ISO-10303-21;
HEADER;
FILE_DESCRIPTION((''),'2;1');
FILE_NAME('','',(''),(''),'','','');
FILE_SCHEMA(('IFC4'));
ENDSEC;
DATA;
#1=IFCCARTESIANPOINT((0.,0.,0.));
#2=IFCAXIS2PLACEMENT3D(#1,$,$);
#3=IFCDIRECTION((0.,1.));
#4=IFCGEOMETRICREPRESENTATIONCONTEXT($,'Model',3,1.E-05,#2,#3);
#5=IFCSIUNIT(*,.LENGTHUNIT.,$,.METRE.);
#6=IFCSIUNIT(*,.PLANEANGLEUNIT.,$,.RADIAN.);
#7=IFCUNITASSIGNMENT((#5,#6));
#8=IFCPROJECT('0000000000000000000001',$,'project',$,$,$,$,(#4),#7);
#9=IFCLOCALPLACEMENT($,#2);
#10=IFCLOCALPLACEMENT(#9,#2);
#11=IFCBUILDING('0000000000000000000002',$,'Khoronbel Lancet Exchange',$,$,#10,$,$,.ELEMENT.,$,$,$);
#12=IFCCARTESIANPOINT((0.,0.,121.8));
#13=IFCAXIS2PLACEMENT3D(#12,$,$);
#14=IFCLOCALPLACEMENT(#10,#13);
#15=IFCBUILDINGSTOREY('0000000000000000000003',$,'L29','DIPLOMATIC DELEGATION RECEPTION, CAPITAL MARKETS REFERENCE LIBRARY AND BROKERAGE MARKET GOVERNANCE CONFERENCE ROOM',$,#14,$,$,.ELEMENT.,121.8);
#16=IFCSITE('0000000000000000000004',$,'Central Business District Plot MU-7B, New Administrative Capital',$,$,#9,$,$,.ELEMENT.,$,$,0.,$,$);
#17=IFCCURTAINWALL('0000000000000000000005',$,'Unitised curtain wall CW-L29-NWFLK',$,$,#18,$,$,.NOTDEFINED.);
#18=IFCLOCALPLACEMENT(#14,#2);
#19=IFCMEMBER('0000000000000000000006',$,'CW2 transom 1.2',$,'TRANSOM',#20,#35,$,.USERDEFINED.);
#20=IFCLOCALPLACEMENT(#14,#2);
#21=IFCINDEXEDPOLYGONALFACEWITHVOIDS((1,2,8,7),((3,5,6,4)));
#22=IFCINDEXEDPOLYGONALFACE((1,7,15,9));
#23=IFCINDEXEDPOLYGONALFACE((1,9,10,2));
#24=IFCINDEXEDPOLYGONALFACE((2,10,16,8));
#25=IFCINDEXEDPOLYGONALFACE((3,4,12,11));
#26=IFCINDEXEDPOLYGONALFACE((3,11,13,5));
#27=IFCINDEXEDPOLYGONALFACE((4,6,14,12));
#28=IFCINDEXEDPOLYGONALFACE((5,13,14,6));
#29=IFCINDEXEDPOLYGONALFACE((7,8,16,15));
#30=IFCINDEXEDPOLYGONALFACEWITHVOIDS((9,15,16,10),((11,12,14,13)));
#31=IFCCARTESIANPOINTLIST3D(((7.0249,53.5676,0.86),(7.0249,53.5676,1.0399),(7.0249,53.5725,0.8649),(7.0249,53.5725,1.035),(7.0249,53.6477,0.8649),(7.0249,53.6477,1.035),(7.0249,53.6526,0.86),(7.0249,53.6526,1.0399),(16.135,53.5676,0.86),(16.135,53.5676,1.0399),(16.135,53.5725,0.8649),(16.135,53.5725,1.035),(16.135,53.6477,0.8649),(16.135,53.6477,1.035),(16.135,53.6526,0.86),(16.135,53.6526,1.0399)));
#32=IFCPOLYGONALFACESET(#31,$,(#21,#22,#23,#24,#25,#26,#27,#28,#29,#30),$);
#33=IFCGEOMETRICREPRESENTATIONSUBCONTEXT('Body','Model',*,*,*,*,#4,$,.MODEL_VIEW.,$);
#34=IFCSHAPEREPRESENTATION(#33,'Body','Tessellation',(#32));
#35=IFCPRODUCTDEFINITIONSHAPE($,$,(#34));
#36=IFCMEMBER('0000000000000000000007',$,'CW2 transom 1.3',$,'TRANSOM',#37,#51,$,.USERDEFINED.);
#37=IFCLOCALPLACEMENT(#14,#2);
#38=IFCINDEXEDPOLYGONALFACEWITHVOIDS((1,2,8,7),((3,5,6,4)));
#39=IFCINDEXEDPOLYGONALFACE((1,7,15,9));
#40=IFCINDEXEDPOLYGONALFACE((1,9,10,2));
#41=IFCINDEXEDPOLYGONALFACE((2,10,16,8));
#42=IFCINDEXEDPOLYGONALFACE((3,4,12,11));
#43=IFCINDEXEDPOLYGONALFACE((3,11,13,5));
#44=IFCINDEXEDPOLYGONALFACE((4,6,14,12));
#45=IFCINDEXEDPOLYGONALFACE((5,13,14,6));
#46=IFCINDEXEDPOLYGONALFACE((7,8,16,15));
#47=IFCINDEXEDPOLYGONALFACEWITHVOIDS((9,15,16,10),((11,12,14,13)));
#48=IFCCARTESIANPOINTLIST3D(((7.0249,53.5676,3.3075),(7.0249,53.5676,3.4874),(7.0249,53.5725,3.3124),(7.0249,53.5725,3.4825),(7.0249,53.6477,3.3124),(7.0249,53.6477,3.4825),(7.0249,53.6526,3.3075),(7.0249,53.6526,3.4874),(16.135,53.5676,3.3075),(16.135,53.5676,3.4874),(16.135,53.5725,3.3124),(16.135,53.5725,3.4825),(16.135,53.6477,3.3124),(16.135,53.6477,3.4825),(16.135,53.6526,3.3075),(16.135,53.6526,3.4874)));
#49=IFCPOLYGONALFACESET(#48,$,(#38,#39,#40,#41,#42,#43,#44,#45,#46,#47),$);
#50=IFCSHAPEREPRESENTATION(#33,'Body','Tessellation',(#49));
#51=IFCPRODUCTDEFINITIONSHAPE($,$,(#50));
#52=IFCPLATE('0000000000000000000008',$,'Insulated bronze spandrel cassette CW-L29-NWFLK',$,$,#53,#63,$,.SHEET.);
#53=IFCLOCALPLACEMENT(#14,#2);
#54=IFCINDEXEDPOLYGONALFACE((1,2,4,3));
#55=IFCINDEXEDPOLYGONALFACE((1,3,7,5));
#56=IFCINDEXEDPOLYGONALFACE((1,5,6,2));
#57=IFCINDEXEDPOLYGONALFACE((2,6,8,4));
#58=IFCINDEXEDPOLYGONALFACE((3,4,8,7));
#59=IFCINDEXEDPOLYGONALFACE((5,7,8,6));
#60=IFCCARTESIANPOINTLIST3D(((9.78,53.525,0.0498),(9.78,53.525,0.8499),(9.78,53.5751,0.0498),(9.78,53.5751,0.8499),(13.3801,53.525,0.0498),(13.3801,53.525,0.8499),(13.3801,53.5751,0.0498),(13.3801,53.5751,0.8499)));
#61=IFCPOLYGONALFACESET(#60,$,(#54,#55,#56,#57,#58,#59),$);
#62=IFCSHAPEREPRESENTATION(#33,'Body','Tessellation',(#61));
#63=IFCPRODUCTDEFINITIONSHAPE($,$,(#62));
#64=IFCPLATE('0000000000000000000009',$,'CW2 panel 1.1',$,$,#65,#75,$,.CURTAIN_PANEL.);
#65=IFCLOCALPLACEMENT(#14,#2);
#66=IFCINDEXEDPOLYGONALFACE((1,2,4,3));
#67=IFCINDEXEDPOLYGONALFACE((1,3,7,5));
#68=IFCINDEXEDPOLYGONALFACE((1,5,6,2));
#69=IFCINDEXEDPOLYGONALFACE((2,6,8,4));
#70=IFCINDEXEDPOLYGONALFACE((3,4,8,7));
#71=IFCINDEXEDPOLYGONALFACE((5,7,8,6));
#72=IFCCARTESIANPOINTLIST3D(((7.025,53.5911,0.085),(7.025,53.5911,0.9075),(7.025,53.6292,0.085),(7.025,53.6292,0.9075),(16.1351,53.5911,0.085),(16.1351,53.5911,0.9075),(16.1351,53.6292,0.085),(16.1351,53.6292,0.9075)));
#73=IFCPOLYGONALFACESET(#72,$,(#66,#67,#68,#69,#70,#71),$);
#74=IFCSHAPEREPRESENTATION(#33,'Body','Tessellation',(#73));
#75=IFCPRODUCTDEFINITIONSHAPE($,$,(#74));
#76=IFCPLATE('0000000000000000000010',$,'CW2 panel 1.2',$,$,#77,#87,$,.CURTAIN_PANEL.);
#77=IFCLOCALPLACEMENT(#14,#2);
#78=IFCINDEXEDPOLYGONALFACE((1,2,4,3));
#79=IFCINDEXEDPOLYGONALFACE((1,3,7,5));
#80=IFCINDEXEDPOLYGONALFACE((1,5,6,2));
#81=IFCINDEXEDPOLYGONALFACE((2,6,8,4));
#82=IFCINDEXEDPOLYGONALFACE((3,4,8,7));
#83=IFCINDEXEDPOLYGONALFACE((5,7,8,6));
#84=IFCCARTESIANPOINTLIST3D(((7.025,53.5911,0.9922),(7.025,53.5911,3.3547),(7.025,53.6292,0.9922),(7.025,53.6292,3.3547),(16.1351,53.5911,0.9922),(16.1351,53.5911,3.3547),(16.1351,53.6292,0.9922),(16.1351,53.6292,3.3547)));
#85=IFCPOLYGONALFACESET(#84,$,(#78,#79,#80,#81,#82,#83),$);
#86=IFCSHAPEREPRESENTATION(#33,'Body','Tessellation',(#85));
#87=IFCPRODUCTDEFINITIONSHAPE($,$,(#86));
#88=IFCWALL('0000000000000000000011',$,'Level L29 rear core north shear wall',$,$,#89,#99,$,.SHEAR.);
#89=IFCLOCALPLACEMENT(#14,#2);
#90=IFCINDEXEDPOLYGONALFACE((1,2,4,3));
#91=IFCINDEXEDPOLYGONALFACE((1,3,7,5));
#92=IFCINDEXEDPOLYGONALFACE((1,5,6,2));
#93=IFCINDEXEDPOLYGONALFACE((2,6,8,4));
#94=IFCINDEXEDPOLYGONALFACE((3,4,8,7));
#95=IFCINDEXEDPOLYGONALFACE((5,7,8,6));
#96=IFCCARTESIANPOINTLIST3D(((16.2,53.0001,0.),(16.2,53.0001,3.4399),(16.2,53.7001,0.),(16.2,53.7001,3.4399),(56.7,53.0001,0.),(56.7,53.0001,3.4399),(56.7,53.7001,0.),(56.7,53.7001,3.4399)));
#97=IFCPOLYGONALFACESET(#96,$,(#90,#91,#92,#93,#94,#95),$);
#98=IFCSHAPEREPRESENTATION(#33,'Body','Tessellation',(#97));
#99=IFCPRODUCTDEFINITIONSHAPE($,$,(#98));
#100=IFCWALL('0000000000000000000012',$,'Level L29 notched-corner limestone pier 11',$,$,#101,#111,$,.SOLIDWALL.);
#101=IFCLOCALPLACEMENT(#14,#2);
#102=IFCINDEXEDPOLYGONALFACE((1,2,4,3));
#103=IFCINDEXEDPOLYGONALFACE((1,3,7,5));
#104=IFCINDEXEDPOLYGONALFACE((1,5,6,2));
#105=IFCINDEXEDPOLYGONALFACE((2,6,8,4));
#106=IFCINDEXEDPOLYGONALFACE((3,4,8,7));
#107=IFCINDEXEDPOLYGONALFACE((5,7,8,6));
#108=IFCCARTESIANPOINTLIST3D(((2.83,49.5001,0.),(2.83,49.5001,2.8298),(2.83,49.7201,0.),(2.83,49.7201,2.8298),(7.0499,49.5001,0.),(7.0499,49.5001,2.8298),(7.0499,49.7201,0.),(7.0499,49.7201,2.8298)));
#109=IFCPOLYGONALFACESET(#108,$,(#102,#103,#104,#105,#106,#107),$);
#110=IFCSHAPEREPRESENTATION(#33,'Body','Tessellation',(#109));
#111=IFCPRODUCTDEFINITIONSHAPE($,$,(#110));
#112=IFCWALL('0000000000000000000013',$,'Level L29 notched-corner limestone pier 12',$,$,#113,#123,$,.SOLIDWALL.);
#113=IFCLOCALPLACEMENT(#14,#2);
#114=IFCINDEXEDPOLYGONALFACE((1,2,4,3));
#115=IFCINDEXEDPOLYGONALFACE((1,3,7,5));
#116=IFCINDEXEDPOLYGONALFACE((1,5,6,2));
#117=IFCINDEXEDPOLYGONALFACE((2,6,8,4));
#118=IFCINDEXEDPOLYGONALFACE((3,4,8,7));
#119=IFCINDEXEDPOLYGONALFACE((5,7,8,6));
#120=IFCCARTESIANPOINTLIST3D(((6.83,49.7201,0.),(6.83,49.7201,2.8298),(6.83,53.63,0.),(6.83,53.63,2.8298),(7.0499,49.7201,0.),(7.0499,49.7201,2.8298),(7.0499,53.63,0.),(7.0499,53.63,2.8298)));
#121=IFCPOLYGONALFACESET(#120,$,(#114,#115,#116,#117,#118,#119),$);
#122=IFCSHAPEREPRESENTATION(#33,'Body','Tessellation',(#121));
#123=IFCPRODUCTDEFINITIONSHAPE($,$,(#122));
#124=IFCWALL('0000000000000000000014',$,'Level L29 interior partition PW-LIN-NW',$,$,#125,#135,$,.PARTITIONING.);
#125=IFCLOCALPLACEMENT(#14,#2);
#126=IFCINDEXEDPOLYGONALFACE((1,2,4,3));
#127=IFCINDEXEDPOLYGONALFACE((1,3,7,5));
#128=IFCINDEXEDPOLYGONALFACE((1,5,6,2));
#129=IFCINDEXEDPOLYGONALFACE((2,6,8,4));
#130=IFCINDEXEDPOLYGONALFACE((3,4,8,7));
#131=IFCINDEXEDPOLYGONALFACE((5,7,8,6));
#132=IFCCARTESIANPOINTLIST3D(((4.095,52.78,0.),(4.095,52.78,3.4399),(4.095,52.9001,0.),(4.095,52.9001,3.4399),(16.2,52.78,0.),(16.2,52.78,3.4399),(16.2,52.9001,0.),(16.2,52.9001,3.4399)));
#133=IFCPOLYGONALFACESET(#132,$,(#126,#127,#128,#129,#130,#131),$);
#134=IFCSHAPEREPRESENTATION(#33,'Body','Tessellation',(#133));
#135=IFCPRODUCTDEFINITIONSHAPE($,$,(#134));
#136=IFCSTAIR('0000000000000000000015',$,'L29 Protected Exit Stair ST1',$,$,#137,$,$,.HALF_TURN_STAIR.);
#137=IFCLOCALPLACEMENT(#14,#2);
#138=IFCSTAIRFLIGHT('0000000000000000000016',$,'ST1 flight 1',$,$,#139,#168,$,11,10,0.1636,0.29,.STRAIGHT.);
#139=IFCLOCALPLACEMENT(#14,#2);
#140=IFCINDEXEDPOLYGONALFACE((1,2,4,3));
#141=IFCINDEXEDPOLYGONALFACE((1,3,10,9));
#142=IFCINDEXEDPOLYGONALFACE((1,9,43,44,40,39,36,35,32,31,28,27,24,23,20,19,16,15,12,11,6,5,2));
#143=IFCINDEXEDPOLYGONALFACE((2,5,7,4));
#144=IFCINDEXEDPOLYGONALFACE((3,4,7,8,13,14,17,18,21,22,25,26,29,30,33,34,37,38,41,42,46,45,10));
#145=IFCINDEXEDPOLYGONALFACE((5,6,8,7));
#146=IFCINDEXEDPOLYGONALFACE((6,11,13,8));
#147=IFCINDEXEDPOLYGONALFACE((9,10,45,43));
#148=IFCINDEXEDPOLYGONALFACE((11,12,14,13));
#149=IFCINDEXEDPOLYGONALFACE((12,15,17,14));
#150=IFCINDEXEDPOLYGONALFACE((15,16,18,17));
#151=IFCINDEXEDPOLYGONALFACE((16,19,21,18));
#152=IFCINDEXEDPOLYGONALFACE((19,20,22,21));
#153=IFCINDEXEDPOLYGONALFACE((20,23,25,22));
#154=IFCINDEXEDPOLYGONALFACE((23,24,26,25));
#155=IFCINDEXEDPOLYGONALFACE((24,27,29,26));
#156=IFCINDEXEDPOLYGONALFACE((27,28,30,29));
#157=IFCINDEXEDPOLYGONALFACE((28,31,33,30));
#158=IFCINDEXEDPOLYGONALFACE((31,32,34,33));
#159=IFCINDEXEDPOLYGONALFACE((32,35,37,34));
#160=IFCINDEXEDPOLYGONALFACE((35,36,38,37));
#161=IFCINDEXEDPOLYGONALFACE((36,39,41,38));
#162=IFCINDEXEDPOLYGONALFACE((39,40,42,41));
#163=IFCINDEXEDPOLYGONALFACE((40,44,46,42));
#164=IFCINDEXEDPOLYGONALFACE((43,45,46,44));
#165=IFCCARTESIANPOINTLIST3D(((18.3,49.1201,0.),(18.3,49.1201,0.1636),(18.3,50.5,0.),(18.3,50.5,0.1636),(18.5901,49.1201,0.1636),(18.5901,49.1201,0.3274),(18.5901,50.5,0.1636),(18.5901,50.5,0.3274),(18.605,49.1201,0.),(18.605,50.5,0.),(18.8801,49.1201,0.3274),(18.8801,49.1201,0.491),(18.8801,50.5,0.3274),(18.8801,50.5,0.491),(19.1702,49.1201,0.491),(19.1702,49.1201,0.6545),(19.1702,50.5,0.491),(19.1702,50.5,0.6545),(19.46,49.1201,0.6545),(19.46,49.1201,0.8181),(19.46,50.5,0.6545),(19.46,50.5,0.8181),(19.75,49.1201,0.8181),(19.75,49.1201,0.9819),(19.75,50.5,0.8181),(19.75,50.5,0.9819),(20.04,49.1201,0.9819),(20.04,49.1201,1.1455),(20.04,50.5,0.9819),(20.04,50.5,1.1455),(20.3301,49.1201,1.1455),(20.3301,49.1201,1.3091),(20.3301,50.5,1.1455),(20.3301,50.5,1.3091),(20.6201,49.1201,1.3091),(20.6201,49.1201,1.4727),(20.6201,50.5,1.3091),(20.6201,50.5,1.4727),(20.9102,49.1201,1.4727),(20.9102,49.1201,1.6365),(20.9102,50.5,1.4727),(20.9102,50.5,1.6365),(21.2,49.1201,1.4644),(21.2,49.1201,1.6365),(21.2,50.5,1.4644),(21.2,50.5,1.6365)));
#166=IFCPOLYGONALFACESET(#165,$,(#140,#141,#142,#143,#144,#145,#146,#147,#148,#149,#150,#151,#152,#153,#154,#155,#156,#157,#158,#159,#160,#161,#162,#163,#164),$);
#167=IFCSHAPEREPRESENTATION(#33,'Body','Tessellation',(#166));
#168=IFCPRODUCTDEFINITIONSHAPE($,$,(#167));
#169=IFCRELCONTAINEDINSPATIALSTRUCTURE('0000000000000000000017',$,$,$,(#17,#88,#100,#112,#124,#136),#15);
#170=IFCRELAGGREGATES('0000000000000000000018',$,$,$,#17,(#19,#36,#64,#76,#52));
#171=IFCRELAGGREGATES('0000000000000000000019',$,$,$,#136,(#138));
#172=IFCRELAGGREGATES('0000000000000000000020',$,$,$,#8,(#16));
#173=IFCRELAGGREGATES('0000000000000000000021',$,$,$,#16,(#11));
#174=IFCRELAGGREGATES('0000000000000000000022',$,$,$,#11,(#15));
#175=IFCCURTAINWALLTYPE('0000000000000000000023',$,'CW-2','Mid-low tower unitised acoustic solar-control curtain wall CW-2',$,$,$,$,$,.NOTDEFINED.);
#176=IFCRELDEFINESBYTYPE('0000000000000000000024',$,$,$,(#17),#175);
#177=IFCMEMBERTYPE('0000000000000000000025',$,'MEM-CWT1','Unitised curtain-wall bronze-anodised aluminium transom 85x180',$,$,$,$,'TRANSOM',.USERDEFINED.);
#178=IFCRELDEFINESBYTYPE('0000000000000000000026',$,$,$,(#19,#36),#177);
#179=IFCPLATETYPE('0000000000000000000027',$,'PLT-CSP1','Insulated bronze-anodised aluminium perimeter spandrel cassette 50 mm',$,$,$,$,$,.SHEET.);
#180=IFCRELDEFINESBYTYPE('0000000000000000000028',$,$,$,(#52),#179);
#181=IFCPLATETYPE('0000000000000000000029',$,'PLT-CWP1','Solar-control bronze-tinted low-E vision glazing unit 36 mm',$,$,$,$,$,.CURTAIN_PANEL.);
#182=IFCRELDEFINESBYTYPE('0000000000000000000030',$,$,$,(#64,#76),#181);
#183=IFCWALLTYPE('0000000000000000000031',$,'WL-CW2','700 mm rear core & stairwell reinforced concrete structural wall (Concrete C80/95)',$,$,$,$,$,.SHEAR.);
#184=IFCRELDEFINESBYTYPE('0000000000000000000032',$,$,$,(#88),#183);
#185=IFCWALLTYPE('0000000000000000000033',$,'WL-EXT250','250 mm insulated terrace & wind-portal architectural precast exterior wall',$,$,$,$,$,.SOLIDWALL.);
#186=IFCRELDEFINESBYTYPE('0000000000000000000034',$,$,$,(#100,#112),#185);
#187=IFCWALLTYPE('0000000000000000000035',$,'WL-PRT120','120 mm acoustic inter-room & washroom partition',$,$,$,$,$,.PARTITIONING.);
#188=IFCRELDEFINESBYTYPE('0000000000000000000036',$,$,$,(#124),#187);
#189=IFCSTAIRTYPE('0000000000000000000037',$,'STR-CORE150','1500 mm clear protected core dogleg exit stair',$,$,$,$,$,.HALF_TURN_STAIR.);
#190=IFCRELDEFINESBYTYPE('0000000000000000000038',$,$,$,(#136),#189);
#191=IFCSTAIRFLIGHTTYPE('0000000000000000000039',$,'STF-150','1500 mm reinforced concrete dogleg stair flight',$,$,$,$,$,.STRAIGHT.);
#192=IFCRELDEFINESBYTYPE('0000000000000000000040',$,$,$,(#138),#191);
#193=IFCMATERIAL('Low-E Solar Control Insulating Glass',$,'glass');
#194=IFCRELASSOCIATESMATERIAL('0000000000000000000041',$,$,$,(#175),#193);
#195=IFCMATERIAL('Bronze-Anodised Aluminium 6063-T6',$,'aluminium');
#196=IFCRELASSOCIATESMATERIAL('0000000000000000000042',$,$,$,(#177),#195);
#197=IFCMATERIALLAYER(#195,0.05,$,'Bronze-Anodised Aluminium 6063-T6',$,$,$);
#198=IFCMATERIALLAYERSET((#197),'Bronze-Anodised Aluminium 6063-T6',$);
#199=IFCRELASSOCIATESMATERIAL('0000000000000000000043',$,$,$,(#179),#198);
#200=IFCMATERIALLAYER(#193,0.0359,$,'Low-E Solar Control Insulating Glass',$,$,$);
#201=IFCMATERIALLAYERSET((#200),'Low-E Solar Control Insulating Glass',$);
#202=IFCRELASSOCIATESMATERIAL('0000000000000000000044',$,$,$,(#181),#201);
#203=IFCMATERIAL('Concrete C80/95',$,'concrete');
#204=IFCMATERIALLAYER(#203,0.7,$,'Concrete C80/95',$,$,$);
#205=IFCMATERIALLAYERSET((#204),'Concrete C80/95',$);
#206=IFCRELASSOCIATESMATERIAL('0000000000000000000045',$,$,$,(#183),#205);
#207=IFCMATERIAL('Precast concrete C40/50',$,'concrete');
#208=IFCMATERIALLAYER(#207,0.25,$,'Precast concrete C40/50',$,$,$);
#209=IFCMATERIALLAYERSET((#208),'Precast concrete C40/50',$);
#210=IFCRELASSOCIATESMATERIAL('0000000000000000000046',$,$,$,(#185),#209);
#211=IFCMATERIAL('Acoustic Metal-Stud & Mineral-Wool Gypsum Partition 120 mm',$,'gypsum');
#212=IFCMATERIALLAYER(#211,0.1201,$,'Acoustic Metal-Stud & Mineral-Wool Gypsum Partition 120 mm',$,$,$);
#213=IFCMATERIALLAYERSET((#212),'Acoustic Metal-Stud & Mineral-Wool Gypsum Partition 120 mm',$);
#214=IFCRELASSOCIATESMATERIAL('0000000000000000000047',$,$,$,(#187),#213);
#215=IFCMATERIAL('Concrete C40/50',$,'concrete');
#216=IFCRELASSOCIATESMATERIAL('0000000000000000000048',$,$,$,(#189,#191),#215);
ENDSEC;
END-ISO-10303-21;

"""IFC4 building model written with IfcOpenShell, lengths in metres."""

from ifc_helpers import new_model, si_unit, direction, frame, frame_2d, origin, origin_2d, place, context, subcontext, project, spatial, polyline, rectangle, hollow_rectangle, outline, extrude, material, layer, layer_set, material_profile, profile_set, type_object, element, aggregate, save


model = new_model("IFC4")

# Units and contexts
model_context = context("Model", 3, precision=1e-05, world=origin(), true_north=direction((0.0, 1.0)))
body_context = subcontext(model_context, "Body", "Model", "MODEL_VIEW")
ifc_project = project(units=[si_unit("LENGTHUNIT", "METRE"), si_unit("PLANEANGLEUNIT", "RADIAN")], contexts=[model_context])

# Site, building, storey
site_placement = place(None, origin())
site = spatial("IfcSite", under=ifc_project, at=site_placement, Name="Central Business District Plot MU-7B, New Administrative Capital", CompositionType="ELEMENT", RefElevation=0.0)
building_placement = place(site_placement, origin())
building = spatial("IfcBuilding", under=site, at=building_placement, Name="Khoronbel Lancet Exchange", CompositionType="ELEMENT")
storey_placement = place(building_placement, frame((0.0, 0.0, 121.8)))
storey = spatial("IfcBuildingStorey", under=building, at=storey_placement, Name="L29", Description="DIPLOMATIC DELEGATION RECEPTION, CAPITAL MARKETS REFERENCE LIBRARY AND BROKERAGE MARKET GOVERNANCE CONFERENCE ROOM", CompositionType="ELEMENT", Elevation=121.8)

# Curtain wall, members, plates
ifc_material_1 = material(Name="Low-E Solar Control Insulating Glass", Category="glass")
curtain_wall_type = type_object("IfcCurtainWallType", Name="CW-2", Description="Mid-low tower unitised acoustic solar-control curtain wall CW-2", PredefinedType="NOTDEFINED", material=ifc_material_1)
curtain_wall_placement = place(storey_placement, origin())
curtain_wall = element("IfcCurtainWall", 1, at=curtain_wall_placement, inside=storey, type_object=curtain_wall_type, Name="Unitised curtain wall CW-L29-NWFLK", PredefinedType="NOTDEFINED")
ifc_material_2 = material(Name="Bronze-Anodised Aluminium 6063-T6", Category="aluminium")
ifc_material_profile_1 = material_profile(ifc_material_2, hollow_rectangle(XDim=0.085, YDim=0.1799, WallThickness=0.0049, at=origin_2d()), Name="ALU TRANSOM 85x180")
ifc_profile_set_1 = profile_set([ifc_material_profile_1], Name="Bronze-Anodised Aluminium 6063-T6")
member_type_1 = type_object("IfcMemberType", Name="MEM-CWT1", Description="Unitised curtain-wall bronze-anodised aluminium transom 85x180", ElementType="TRANSOM", PredefinedType="USERDEFINED", material=ifc_profile_set_1)
member_1_placement = place(storey_placement, frame((16.135, 53.6101, 0.95), z_axis=(-1.0, 0.0, 0.0), x_axis=(0.0, -1.0, 0.0)))
member_1 = element("IfcMember", 2, at=member_1_placement, type_object=member_type_1, Name="CW2 transom 1.2", ObjectType="TRANSOM", PredefinedType="USERDEFINED", context=body_context, shape_type="SweptSolid", body=[
    extrude(hollow_rectangle(XDim=0.085, YDim=0.1799, WallThickness=0.0049, at=origin_2d()), origin(), (0.0, 0.0, 1.0), 9.1101),
])
member_2_placement = place(storey_placement, frame((16.135, 53.6101, 3.3975), z_axis=(-1.0, 0.0, 0.0), x_axis=(0.0, -1.0, 0.0)))
member_2 = element("IfcMember", 3, at=member_2_placement, type_object=member_type_1, Name="CW2 transom 1.3", ObjectType="TRANSOM", PredefinedType="USERDEFINED", context=body_context, shape_type="SweptSolid", body=[
    extrude(hollow_rectangle(XDim=0.085, YDim=0.1799, WallThickness=0.0049, at=origin_2d()), origin(), (0.0, 0.0, 1.0), 9.1101),
])
ifc_layer_1 = layer(ifc_material_2, 0.05, Name="Bronze-Anodised Aluminium 6063-T6")
ifc_layer_set_1 = layer_set([ifc_layer_1], Name="Bronze-Anodised Aluminium 6063-T6")
plate_type_1 = type_object("IfcPlateType", Name="PLT-CSP1", Description="Insulated bronze-anodised aluminium perimeter spandrel cassette 50 mm", PredefinedType="SHEET", material=ifc_layer_set_1)
plate_1_placement = place(storey_placement, frame((11.5801, 53.55, 0.0498), z_axis=(0.0, 0.0, 1.0), x_axis=(-1.0, 0.0, 0.0)))
plate_1 = element("IfcPlate", 4, at=plate_1_placement, type_object=plate_type_1, Name="Insulated bronze spandrel cassette CW-L29-NWFLK", PredefinedType="SHEET", context=body_context, shape_type="SweptSolid", body=[
    extrude(rectangle(XDim=3.6001, YDim=0.05, at=origin_2d()), origin(), (0.0, 0.0, 1.0), 0.8),
])
ifc_layer_2 = layer(ifc_material_1, 0.0359, Name="Low-E Solar Control Insulating Glass")
ifc_layer_set_2 = layer_set([ifc_layer_2], Name="Low-E Solar Control Insulating Glass")
plate_type_2 = type_object("IfcPlateType", Name="PLT-CWP1", Description="Solar-control bronze-tinted low-E vision glazing unit 36 mm", PredefinedType="CURTAIN_PANEL", material=ifc_layer_set_2)
plate_2_placement = place(storey_placement, frame((11.5801, 53.6101, 0.085), z_axis=(0.0, 0.0, 1.0), x_axis=(-1.0, 0.0, 0.0)))
plate_2 = element("IfcPlate", 5, at=plate_2_placement, type_object=plate_type_2, Name="CW2 panel 1.1", PredefinedType="CURTAIN_PANEL", context=body_context, shape_type="SweptSolid", body=[
    extrude(rectangle(XDim=9.1101, YDim=0.0381, at=origin_2d()), origin(), (0.0, 0.0, 1.0), 0.8225),
])
plate_3_placement = place(storey_placement, frame((11.5801, 53.6101, 0.9922), z_axis=(0.0, 0.0, 1.0), x_axis=(-1.0, 0.0, 0.0)))
plate_3 = element("IfcPlate", 6, at=plate_3_placement, type_object=plate_type_2, Name="CW2 panel 1.2", PredefinedType="CURTAIN_PANEL", context=body_context, shape_type="SweptSolid", body=[
    extrude(rectangle(XDim=9.1101, YDim=0.0381, at=origin_2d()), origin(), (0.0, 0.0, 1.0), 2.3625),
])
aggregate(curtain_wall, [member_1, member_2, plate_2, plate_3, plate_1])

# Walls
ifc_material_3 = material(Name="Concrete C80/95", Category="concrete")
ifc_layer_3 = layer(ifc_material_3, 0.7, Name="Concrete C80/95")
ifc_layer_set_3 = layer_set([ifc_layer_3], Name="Concrete C80/95")
wall_type_1 = type_object("IfcWallType", Name="WL-CW2", Description="700 mm rear core & stairwell reinforced concrete structural wall (Concrete C80/95)", PredefinedType="SHEAR", material=ifc_layer_set_3)
wall_1_placement = place(storey_placement, frame((16.2, 53.3501, 0.0), z_axis=(0.0, 0.0, 1.0), x_axis=(1.0, 0.0, 0.0)))
element("IfcWall", 7, at=wall_1_placement, inside=storey, type_object=wall_type_1, Name="Level L29 rear core north shear wall", PredefinedType="SHEAR", context=body_context, shape_type="SweptSolid", body=[
    extrude(rectangle(XDim=40.5, YDim=0.7, at=frame_2d((20.25, 0.0))), origin(), (0.0, 0.0, 1.0), 3.4399),
])
ifc_material_4 = material(Name="Precast concrete C40/50", Category="concrete")
ifc_layer_4 = layer(ifc_material_4, 0.25, Name="Precast concrete C40/50")
ifc_layer_set_4 = layer_set([ifc_layer_4], Name="Precast concrete C40/50")
wall_type_2 = type_object("IfcWallType", Name="WL-EXT250", Description="250 mm insulated terrace & wind-portal architectural precast exterior wall", PredefinedType="SOLIDWALL", material=ifc_layer_set_4)
wall_2_placement = place(storey_placement, frame((2.8301, 49.6101, 0.0), z_axis=(0.0, 0.0, 1.0), x_axis=(1.0, 0.0, 0.0)))
element("IfcWall", 8, at=wall_2_placement, inside=storey, type_object=wall_type_2, Name="Level L29 notched-corner limestone pier 11", PredefinedType="SOLIDWALL", context=body_context, shape_type="SweptSolid", body=[
    extrude(rectangle(XDim=4.22, YDim=0.22, at=frame_2d((2.1099, 0.0))), origin(), (0.0, 0.0, 1.0), 2.8298),
])
wall_3_placement = place(storey_placement, frame((6.9399, 49.72, 0.0), z_axis=(0.0, 0.0, 1.0), x_axis=(0.0, 1.0, 0.0)))
element("IfcWall", 9, at=wall_3_placement, inside=storey, type_object=wall_type_2, Name="Level L29 notched-corner limestone pier 12", PredefinedType="SOLIDWALL", context=body_context, shape_type="SweptSolid", body=[
    extrude(rectangle(XDim=3.9099, YDim=0.22, at=frame_2d((1.9551, 0.0))), origin(), (0.0, 0.0, 1.0), 2.8298),
])
ifc_material_5 = material(Name="Acoustic Metal-Stud & Mineral-Wool Gypsum Partition 120 mm", Category="gypsum")
ifc_layer_5 = layer(ifc_material_5, 0.1201, Name="Acoustic Metal-Stud & Mineral-Wool Gypsum Partition 120 mm")
ifc_layer_set_5 = layer_set([ifc_layer_5], Name="Acoustic Metal-Stud & Mineral-Wool Gypsum Partition 120 mm")
wall_type_3 = type_object("IfcWallType", Name="WL-PRT120", Description="120 mm acoustic inter-room & washroom partition", PredefinedType="PARTITIONING", material=ifc_layer_set_5)
wall_4_placement = place(storey_placement, frame((4.095, 52.8401, 0.0), z_axis=(0.0, 0.0, 1.0), x_axis=(1.0, 0.0, 0.0)))
element("IfcWall", 10, at=wall_4_placement, inside=storey, type_object=wall_type_3, Name="Level L29 interior partition PW-LIN-NW", PredefinedType="PARTITIONING", context=body_context, shape_type="SweptSolid", body=[
    extrude(rectangle(XDim=12.105, YDim=0.1201, at=frame_2d((6.0525, 0.0))), origin(), (0.0, 0.0, 1.0), 3.4399),
])

# Stair, stair flight
ifc_material_6 = material(Name="Concrete C40/50", Category="concrete")
stair_type = type_object("IfcStairType", Name="STR-CORE150", Description="1500 mm clear protected core dogleg exit stair", PredefinedType="HALF_TURN_STAIR", material=ifc_material_6)
stair_placement = place(storey_placement, origin())
stair = element("IfcStair", 11, at=stair_placement, inside=storey, type_object=stair_type, Name="L29 Protected Exit Stair ST1", PredefinedType="HALF_TURN_STAIR")
stair_flight_type = type_object("IfcStairFlightType", Name="STF-150", Description="1500 mm reinforced concrete dogleg stair flight", PredefinedType="STRAIGHT", material=ifc_material_6)
stair_flight_placement = place(storey_placement, frame((18.3, 49.8101, 0.0), z_axis=(0.0, 0.0, 1.0), x_axis=(1.0, 0.0, 0.0)))
stair_flight = element("IfcStairFlight", 12, at=stair_flight_placement, type_object=stair_flight_type, Name="ST1 flight 1", NumberOfRisers=11, NumberOfTreads=10, PredefinedType="STRAIGHT", RiserHeight=0.1636, TreadLength=0.29, context=body_context, shape_type="SweptSolid", body=[
    extrude(outline(polyline([(0.0, 0.0), (0.0, 0.1636), (0.29, 0.1636), (0.29, 0.3274), (0.5801, 0.3274), (0.5801, 0.491), (0.8701, 0.491), (0.8701, 0.6545), (1.1599, 0.6545), (1.1599, 0.8181), (1.45, 0.8181), (1.45, 0.9819), (1.74, 0.9819), (1.74, 1.1455), (2.03, 1.1455), (2.03, 1.3091), (2.3201, 1.3091), (2.3201, 1.4727), (2.6101, 1.4727), (2.6101, 1.6365), (2.8999, 1.6365), (2.8999, 1.8), (2.8999, 1.4644), (0.3049, 0.0), (0.0, 0.0)])), frame((0.0, 0.6899, 0.0), z_axis=(0.0, -1.0, 0.0), x_axis=(1.0, 0.0, 0.0)), (0.0, 0.0, 1.0), 1.3799),
])
aggregate(stair, [stair_flight])

save(model, "model.ifc")
